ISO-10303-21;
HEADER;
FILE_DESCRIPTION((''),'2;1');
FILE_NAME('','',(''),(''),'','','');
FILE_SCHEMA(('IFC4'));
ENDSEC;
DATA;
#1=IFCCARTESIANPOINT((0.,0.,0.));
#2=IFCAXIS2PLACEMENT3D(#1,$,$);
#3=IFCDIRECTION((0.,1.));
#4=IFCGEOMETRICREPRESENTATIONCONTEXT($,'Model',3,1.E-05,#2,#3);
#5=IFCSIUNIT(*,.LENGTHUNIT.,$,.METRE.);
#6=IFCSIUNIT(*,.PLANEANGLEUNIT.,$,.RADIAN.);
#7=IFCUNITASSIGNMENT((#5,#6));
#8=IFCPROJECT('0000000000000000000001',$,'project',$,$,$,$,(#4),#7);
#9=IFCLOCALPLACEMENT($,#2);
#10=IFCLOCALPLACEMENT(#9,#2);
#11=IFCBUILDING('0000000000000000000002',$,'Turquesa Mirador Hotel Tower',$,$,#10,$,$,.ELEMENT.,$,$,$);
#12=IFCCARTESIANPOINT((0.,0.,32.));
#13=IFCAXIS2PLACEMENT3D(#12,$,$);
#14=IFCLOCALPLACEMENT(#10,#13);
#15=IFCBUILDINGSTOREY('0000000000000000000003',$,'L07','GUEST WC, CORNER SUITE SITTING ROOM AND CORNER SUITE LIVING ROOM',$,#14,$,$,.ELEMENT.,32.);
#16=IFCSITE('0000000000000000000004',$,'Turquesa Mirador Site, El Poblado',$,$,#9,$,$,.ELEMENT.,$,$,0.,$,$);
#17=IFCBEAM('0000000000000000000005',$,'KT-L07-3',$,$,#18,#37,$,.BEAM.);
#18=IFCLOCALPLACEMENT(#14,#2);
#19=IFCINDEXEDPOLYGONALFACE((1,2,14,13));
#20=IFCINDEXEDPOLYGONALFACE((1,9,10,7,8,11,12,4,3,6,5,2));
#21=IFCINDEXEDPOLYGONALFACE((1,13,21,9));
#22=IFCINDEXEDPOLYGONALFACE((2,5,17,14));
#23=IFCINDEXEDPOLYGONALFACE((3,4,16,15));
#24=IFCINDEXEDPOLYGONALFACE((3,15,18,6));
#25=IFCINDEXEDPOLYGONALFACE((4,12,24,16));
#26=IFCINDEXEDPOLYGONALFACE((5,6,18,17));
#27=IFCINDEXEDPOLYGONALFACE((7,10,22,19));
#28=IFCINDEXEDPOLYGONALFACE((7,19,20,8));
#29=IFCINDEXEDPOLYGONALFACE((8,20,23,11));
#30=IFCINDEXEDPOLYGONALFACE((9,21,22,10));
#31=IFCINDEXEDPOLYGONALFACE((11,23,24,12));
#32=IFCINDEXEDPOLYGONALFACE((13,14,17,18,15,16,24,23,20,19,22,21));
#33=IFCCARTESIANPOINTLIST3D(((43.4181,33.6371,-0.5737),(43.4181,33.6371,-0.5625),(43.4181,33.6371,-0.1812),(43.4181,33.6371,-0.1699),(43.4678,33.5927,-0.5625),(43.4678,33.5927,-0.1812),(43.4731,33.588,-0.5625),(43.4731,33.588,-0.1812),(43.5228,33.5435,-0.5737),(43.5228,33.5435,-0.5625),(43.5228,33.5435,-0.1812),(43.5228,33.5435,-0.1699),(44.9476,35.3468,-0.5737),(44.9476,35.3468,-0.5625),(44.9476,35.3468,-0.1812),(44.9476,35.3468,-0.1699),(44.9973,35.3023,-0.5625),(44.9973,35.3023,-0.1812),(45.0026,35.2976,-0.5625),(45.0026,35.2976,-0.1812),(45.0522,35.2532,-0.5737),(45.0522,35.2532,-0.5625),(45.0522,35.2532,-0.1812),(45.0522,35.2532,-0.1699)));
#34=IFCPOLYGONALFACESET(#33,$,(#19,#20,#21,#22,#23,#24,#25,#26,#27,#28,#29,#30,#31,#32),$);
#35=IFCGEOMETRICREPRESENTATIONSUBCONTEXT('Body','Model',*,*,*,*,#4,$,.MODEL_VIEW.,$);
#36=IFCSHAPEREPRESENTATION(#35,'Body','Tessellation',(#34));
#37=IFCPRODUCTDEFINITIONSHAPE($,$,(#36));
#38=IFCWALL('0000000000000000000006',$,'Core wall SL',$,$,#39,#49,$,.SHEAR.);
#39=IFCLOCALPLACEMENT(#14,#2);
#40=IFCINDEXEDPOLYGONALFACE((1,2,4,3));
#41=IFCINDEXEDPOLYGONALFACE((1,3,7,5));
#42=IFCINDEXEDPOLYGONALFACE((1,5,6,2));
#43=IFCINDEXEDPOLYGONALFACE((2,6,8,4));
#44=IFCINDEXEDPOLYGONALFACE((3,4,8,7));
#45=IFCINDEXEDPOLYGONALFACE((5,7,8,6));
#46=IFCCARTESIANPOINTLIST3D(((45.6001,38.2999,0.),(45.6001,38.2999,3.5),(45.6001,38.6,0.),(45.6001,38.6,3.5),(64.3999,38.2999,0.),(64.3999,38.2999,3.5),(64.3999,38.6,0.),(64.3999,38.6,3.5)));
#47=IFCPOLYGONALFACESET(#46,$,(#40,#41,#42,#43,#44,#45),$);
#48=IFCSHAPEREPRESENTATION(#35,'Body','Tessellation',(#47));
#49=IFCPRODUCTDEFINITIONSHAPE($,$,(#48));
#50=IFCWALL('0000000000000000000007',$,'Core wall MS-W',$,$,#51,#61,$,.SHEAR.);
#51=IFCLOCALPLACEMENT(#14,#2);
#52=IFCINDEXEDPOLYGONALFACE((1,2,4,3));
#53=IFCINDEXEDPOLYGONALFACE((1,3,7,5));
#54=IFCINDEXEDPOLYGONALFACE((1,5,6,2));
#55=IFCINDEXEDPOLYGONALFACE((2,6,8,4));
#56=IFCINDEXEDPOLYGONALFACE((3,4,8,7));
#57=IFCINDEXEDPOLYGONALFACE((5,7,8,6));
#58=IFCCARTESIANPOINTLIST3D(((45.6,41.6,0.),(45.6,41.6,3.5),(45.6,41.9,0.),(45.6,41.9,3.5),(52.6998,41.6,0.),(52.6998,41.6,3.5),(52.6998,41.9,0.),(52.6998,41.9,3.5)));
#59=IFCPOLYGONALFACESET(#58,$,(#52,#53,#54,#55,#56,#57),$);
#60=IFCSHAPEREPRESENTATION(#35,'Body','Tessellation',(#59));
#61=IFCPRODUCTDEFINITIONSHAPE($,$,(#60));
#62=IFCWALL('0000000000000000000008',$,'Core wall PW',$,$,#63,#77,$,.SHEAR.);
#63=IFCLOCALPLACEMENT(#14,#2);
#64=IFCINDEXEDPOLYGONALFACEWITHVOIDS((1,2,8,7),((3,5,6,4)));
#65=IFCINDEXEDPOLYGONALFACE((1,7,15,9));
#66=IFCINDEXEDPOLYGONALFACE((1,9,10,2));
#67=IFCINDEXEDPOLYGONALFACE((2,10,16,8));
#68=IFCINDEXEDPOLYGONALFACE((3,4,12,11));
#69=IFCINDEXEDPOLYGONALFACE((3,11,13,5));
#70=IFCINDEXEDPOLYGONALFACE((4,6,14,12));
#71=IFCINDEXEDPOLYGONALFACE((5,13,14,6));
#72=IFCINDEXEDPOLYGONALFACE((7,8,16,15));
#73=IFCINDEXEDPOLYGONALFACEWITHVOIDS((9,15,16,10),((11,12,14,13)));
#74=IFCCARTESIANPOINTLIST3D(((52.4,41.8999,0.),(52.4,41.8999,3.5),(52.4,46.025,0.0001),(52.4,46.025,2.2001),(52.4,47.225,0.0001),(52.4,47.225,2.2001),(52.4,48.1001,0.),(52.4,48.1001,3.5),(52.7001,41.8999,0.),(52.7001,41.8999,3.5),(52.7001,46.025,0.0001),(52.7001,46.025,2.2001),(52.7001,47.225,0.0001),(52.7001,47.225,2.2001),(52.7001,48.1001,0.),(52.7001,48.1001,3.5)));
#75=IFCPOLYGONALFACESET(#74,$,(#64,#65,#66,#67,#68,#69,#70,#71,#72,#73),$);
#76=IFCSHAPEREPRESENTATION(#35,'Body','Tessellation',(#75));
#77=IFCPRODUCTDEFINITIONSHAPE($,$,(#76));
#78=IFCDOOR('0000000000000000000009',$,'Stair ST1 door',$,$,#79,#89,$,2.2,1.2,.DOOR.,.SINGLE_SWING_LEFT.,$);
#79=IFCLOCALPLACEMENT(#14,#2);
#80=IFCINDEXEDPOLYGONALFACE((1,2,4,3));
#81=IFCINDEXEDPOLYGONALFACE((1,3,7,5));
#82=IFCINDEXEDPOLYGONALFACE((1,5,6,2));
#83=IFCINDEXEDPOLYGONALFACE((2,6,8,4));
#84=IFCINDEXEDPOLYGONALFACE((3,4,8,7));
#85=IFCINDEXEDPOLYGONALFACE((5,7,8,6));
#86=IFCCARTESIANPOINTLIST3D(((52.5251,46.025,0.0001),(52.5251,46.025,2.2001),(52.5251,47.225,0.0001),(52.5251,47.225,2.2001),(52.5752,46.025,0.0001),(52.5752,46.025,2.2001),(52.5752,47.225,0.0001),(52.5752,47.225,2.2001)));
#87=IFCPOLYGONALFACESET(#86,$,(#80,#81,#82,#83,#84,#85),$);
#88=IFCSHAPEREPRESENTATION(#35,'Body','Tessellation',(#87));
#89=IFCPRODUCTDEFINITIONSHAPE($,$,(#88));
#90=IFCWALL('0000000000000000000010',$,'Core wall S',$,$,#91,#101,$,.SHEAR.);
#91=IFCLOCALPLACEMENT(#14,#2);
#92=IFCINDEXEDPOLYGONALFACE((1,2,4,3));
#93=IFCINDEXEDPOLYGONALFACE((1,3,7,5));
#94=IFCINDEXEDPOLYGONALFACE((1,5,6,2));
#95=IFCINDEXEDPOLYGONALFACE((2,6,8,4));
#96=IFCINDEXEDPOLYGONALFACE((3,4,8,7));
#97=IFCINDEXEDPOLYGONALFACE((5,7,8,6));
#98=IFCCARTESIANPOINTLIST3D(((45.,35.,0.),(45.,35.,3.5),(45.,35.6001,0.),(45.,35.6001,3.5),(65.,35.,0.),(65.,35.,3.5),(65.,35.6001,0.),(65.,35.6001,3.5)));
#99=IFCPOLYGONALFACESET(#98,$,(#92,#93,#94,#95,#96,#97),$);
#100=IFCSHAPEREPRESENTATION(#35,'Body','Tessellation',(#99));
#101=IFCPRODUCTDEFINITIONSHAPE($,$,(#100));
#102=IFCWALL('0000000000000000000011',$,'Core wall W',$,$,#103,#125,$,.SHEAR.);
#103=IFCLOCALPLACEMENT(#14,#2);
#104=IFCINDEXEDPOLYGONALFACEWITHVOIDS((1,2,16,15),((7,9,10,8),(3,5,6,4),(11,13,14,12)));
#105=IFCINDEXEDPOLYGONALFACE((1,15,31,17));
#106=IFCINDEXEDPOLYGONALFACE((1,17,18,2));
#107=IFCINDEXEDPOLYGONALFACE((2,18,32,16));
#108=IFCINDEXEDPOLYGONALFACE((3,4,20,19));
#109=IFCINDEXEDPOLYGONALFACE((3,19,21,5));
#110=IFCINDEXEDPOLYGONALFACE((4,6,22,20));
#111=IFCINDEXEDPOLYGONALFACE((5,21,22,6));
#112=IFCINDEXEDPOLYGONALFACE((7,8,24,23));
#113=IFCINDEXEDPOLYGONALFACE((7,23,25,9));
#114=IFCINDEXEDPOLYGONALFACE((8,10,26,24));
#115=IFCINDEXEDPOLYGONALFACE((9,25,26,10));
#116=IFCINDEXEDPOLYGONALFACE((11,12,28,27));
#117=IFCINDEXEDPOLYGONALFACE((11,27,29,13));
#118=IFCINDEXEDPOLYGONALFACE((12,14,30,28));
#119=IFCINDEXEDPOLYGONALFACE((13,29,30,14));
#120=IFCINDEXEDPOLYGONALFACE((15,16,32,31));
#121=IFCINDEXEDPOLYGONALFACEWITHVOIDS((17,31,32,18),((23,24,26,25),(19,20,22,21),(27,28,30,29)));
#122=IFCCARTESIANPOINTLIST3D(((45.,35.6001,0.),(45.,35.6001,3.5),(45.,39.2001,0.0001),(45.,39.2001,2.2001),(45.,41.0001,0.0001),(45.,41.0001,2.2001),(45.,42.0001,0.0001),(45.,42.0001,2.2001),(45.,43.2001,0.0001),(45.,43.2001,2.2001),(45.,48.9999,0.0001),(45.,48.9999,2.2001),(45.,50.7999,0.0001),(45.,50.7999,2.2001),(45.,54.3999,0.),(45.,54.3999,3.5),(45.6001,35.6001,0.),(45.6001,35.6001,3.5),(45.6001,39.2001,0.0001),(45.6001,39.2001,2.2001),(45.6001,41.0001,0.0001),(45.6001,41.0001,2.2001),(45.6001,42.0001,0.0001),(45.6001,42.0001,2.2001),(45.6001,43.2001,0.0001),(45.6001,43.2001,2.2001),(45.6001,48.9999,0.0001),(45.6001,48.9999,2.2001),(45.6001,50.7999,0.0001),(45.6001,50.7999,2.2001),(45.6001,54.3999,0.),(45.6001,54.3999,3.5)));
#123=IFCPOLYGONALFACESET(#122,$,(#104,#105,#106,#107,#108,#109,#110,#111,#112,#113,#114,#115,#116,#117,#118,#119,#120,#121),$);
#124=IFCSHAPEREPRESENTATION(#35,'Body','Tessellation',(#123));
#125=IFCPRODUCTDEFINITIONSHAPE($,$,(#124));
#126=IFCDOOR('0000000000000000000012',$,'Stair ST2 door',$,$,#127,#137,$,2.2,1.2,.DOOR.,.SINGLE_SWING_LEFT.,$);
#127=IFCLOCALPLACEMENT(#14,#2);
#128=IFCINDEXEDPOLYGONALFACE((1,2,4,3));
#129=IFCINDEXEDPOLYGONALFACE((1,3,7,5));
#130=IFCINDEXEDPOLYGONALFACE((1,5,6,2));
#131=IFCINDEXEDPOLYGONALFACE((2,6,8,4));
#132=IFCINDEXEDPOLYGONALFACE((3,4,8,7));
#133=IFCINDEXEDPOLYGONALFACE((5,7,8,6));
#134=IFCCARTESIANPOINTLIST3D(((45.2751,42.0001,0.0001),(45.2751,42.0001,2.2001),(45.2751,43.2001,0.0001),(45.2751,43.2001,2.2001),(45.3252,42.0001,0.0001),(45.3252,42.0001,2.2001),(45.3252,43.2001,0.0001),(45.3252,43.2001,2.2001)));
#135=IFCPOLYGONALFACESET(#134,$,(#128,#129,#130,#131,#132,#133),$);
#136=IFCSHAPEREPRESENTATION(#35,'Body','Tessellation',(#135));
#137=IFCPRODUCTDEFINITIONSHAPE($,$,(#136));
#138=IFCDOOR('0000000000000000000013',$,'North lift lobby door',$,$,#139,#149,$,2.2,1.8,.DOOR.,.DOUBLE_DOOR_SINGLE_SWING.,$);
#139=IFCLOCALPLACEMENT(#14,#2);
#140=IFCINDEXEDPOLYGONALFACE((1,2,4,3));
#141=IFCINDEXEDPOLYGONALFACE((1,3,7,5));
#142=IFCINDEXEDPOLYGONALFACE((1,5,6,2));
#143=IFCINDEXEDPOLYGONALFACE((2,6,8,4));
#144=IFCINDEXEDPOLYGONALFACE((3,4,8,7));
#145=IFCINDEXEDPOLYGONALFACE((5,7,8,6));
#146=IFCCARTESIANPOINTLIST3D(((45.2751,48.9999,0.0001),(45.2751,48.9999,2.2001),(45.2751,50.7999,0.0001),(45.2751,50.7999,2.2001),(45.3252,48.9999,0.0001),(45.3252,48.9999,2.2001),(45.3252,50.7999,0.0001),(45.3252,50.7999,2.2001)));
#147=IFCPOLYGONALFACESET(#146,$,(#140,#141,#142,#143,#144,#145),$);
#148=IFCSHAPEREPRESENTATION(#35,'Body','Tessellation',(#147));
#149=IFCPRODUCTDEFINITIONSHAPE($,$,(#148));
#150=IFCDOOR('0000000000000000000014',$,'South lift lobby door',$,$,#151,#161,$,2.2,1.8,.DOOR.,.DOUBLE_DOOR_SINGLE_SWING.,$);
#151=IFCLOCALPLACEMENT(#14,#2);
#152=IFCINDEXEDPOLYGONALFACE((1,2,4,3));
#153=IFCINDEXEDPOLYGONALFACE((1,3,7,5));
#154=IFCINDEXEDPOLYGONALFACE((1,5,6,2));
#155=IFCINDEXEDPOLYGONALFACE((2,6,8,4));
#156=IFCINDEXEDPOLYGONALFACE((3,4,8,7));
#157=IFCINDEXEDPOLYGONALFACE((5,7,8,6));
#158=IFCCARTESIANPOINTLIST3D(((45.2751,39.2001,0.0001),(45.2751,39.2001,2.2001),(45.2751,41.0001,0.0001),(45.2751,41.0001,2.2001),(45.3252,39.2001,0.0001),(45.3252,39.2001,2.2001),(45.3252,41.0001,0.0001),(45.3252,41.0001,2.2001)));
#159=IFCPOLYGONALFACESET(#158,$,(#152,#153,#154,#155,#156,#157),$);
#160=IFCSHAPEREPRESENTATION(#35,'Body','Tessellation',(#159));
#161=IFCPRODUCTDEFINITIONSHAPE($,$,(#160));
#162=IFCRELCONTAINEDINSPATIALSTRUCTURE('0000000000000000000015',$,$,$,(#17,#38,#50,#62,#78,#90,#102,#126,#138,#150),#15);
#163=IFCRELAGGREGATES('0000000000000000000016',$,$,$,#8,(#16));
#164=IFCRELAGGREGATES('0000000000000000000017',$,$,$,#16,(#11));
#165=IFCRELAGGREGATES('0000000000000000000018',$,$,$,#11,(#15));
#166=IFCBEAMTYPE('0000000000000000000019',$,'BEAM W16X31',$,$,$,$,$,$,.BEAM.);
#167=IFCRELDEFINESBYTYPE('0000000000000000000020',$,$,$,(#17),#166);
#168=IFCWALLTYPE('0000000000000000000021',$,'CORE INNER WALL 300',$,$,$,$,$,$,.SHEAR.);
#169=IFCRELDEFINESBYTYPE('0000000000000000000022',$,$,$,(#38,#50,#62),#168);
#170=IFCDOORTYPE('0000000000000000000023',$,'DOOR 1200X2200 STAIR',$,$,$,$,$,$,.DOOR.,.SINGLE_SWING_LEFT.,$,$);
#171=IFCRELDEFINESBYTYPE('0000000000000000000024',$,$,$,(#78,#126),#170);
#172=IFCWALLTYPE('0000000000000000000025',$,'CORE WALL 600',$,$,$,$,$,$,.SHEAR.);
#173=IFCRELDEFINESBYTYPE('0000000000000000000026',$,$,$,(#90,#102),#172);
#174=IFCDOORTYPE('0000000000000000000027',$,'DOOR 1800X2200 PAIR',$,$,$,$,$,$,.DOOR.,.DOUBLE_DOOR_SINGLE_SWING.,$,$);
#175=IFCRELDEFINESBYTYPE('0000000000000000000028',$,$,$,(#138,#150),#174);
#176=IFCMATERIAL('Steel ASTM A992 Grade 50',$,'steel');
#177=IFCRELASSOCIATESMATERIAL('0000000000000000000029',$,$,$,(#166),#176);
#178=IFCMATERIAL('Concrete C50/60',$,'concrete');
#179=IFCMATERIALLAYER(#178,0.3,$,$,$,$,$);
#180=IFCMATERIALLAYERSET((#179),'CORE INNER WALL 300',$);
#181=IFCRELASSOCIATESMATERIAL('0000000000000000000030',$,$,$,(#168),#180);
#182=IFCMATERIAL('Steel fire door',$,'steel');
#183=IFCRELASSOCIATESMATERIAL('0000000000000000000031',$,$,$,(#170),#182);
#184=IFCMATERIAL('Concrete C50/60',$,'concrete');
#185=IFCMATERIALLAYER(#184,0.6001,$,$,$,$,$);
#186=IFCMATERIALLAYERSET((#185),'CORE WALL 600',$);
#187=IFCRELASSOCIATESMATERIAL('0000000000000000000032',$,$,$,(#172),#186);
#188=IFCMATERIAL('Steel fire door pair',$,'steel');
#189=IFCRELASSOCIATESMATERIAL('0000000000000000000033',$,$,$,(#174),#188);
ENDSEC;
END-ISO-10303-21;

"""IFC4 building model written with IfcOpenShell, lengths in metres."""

from ifc_helpers import new_model, si_unit, direction, frame, frame_2d, origin, origin_2d, place, context, subcontext, project, spatial, rectangle, i_section, extrude, material, layer, layer_set, material_profile, profile_set, type_object, element, fill, save


model = new_model("IFC4")

# Units and contexts
model_context = context("Model", 3, precision=1e-05, world=origin(), true_north=direction((0.0, 1.0)))
body_context = subcontext(model_context, "Body", "Model", "MODEL_VIEW")
ifc_project = project(units=[si_unit("LENGTHUNIT", "METRE"), si_unit("PLANEANGLEUNIT", "RADIAN")], contexts=[model_context])

# Site, building, storey
site_placement = place(None, origin())
site = spatial("IfcSite", under=ifc_project, at=site_placement, Name="Turquesa Mirador Site, El Poblado", CompositionType="ELEMENT", RefElevation=0.0)
building_placement = place(site_placement, origin())
building = spatial("IfcBuilding", under=site, at=building_placement, Name="Turquesa Mirador Hotel Tower", CompositionType="ELEMENT")
storey_placement = place(building_placement, frame((0.0, 0.0, 32.0)))
storey = spatial("IfcBuildingStorey", under=building, at=storey_placement, Name="L07", Description="GUEST WC, CORNER SUITE SITTING ROOM AND CORNER SUITE LIVING ROOM", CompositionType="ELEMENT", Elevation=32.0)

# Beam
ifc_material_1 = material(Name="Steel ASTM A992 Grade 50", Category="steel")
ifc_material_profile = material_profile(ifc_material_1, i_section(OverallWidth=0.1404, OverallDepth=0.4038, WebThickness=0.0071, FlangeThickness=0.0112, at=origin_2d()), Name="W16X31")
ifc_profile_set = profile_set([ifc_material_profile], Name="Steel ASTM A992 Grade 50")
beam_type = type_object("IfcBeamType", Name="BEAM W16X31", PredefinedType="BEAM", material=ifc_profile_set)
beam_placement = place(storey_placement, frame((43.4705, 33.5903, -0.3718), z_axis=(0.666745, 0.745286, 0.0), x_axis=(-0.745286, 0.666745, 0.0)))
element("IfcBeam", 1, at=beam_placement, inside=storey, type_object=beam_type, Name="KT-L07-3", PredefinedType="BEAM", context=body_context, shape_type="SweptSolid", body=[
    extrude(i_section(OverallWidth=0.1404, OverallDepth=0.4038, WebThickness=0.0071, FlangeThickness=0.0112, at=origin_2d()), origin(), (0.0, 0.0, 1.0), 2.2939),
])

# Walls
ifc_material_2 = material(Name="Concrete C50/60", Category="concrete")
ifc_layer_1 = layer(ifc_material_2, 0.3)
ifc_layer_set_1 = layer_set([ifc_layer_1], Name="CORE INNER WALL 300")
wall_type_1 = type_object("IfcWallType", Name="CORE INNER WALL 300", PredefinedType="SHEAR", material=ifc_layer_set_1)
wall_1_placement = place(storey_placement, frame((45.6001, 38.45, 0.0), z_axis=(0.0, 0.0, 1.0), x_axis=(1.0, 0.0, 0.0)))
element("IfcWall", 2, at=wall_1_placement, inside=storey, type_object=wall_type_1, Name="Core wall SL", PredefinedType="SHEAR", context=body_context, shape_type="SweptSolid", body=[
    extrude(rectangle(XDim=18.7998, YDim=0.3, at=frame_2d((9.3999, 0.0))), origin(), (0.0, 0.0, 1.0), 3.5),
])
wall_2_placement = place(storey_placement, frame((45.6001, 41.75, 0.0), z_axis=(0.0, 0.0, 1.0), x_axis=(1.0, 0.0, 0.0)))
element("IfcWall", 3, at=wall_2_placement, inside=storey, type_object=wall_type_1, Name="Core wall MS-W", PredefinedType="SHEAR", context=body_context, shape_type="SweptSolid", body=[
    extrude(rectangle(XDim=7.0999, YDim=0.3, at=frame_2d((3.5498, 0.0))), origin(), (0.0, 0.0, 1.0), 3.5),
])

# Wall, opening, door
wall_3_placement = place(storey_placement, frame((52.55, 41.8999, 0.0), z_axis=(0.0, 0.0, 1.0), x_axis=(0.0, 1.0, 0.0)))
wall_3 = element("IfcWall", 4, at=wall_3_placement, inside=storey, type_object=wall_type_1, Name="Core wall PW", PredefinedType="SHEAR", context=body_context, shape_type="SweptSolid", body=[
    extrude(rectangle(XDim=6.2002, YDim=0.3, at=frame_2d((3.1001, 0.0))), origin(), (0.0, 0.0, 1.0), 3.5),
])
opening_1_placement = place(wall_3_placement, frame((4.125, 0.0, 0.0)))
opening_1 = element("IfcOpeningElement", 5, at=opening_1_placement, cuts=wall_3, PredefinedType="OPENING", context=body_context, shape_type="SweptSolid", body=[
    extrude(rectangle(XDim=1.2, YDim=2.2, at=frame_2d((0.6001, 1.1001))), frame((0.0, 0.1599, 0.0), z_axis=(0.0, -1.0, 0.0), x_axis=(1.0, 0.0, 0.0)), (0.0, 0.0, 1.0), 0.3201),
])
ifc_material_3 = material(Name="Steel fire door", Category="steel")
door_type_1 = type_object("IfcDoorType", Name="DOOR 1200X2200 STAIR", OperationType="SINGLE_SWING_LEFT", PredefinedType="DOOR", material=ifc_material_3)
door_1_placement = place(opening_1_placement, origin())
door_1 = element("IfcDoor", 6, at=door_1_placement, inside=storey, type_object=door_type_1, Name="Stair ST1 door", OperationType="SINGLE_SWING_LEFT", OverallHeight=2.2, OverallWidth=1.2, PredefinedType="DOOR", context=body_context, shape_type="SweptSolid", body=[
    extrude(rectangle(XDim=1.2, YDim=2.2, at=frame_2d((0.6001, 1.1001))), frame((0.0, 0.0249, 0.0), z_axis=(0.0, -1.0, 0.0), x_axis=(1.0, 0.0, 0.0)), (0.0, 0.0, 1.0), 0.05),
])
fill(opening_1, door_1)

# Wall
ifc_material_4 = material(Name="Concrete C50/60", Category="concrete")
ifc_layer_2 = layer(ifc_material_4, 0.6001)
ifc_layer_set_2 = layer_set([ifc_layer_2], Name="CORE WALL 600")
wall_type_2 = type_object("IfcWallType", Name="CORE WALL 600", PredefinedType="SHEAR", material=ifc_layer_set_2)
wall_4_placement = place(storey_placement, frame((45.0, 35.3, 0.0), z_axis=(0.0, 0.0, 1.0), x_axis=(1.0, 0.0, 0.0)))
element("IfcWall", 7, at=wall_4_placement, inside=storey, type_object=wall_type_2, Name="Core wall S", PredefinedType="SHEAR", context=body_context, shape_type="SweptSolid", body=[
    extrude(rectangle(XDim=20.0, YDim=0.6001, at=frame_2d((10.0, 0.0))), origin(), (0.0, 0.0, 1.0), 3.5),
])

# Wall, openings, doors
wall_5_placement = place(storey_placement, frame((45.3, 35.6001, 0.0), z_axis=(0.0, 0.0, 1.0), x_axis=(0.0, 1.0, 0.0)))
wall_5 = element("IfcWall", 8, at=wall_5_placement, inside=storey, type_object=wall_type_2, Name="Core wall W", PredefinedType="SHEAR", context=body_context, shape_type="SweptSolid", body=[
    extrude(rectangle(XDim=18.7998, YDim=0.6001, at=frame_2d((9.3999, 0.0))), origin(), (0.0, 0.0, 1.0), 3.5),
])
opening_2_placement = place(wall_5_placement, frame((13.3999, 0.0, 0.0)))
opening_2 = element("IfcOpeningElement", 9, at=opening_2_placement, cuts=wall_5, PredefinedType="OPENING", context=body_context, shape_type="SweptSolid", body=[
    extrude(rectangle(XDim=1.8, YDim=2.2, at=frame_2d((0.8999, 1.1001))), frame((0.0, 0.3101, 0.0), z_axis=(0.0, -1.0, 0.0), x_axis=(1.0, 0.0, 0.0)), (0.0, 0.0, 1.0), 0.6201),
])
opening_3_placement = place(wall_5_placement, frame((3.6001, 0.0, 0.0)))
opening_3 = element("IfcOpeningElement", 10, at=opening_3_placement, cuts=wall_5, PredefinedType="OPENING", context=body_context, shape_type="SweptSolid", body=[
    extrude(rectangle(XDim=1.8, YDim=2.2, at=frame_2d((0.8999, 1.1001))), frame((0.0, 0.3101, 0.0), z_axis=(0.0, -1.0, 0.0), x_axis=(1.0, 0.0, 0.0)), (0.0, 0.0, 1.0), 0.6201),
])
opening_4_placement = place(wall_5_placement, frame((6.3999, 0.0, 0.0)))
opening_4 = element("IfcOpeningElement", 11, at=opening_4_placement, cuts=wall_5, PredefinedType="OPENING", context=body_context, shape_type="SweptSolid", body=[
    extrude(rectangle(XDim=1.2, YDim=2.2, at=frame_2d((0.6001, 1.1001))), frame((0.0, 0.3101, 0.0), z_axis=(0.0, -1.0, 0.0), x_axis=(1.0, 0.0, 0.0)), (0.0, 0.0, 1.0), 0.6201),
])
door_2_placement = place(opening_4_placement, origin())
door_2 = element("IfcDoor", 12, at=door_2_placement, inside=storey, type_object=door_type_1, Name="Stair ST2 door", OperationType="SINGLE_SWING_LEFT", OverallHeight=2.2, OverallWidth=1.2, PredefinedType="DOOR", context=body_context, shape_type="SweptSolid", body=[
    extrude(rectangle(XDim=1.2, YDim=2.2, at=frame_2d((0.6001, 1.1001))), frame((0.0, 0.0249, 0.0), z_axis=(0.0, -1.0, 0.0), x_axis=(1.0, 0.0, 0.0)), (0.0, 0.0, 1.0), 0.05),
])
fill(opening_4, door_2)
ifc_material_5 = material(Name="Steel fire door pair", Category="steel")
door_type_2 = type_object("IfcDoorType", Name="DOOR 1800X2200 PAIR", OperationType="DOUBLE_DOOR_SINGLE_SWING", PredefinedType="DOOR", material=ifc_material_5)
door_3_placement = place(opening_2_placement, origin())
door_3 = element("IfcDoor", 13, at=door_3_placement, inside=storey, type_object=door_type_2, Name="North lift lobby door", OperationType="DOUBLE_DOOR_SINGLE_SWING", OverallHeight=2.2, OverallWidth=1.8, PredefinedType="DOOR", context=body_context, shape_type="SweptSolid", body=[
    extrude(rectangle(XDim=1.8, YDim=2.2, at=frame_2d((0.8999, 1.1001))), frame((0.0, 0.0249, 0.0), z_axis=(0.0, -1.0, 0.0), x_axis=(1.0, 0.0, 0.0)), (0.0, 0.0, 1.0), 0.05),
])
fill(opening_2, door_3)
door_4_placement = place(opening_3_placement, origin())
door_4 = element("IfcDoor", 14, at=door_4_placement, inside=storey, type_object=door_type_2, Name="South lift lobby door", OperationType="DOUBLE_DOOR_SINGLE_SWING", OverallHeight=2.2, OverallWidth=1.8, PredefinedType="DOOR", context=body_context, shape_type="SweptSolid", body=[
    extrude(rectangle(XDim=1.8, YDim=2.2, at=frame_2d((0.8999, 1.1001))), frame((0.0, 0.0249, 0.0), z_axis=(0.0, -1.0, 0.0), x_axis=(1.0, 0.0, 0.0)), (0.0, 0.0, 1.0), 0.05),
])
fill(opening_3, door_4)

save(model, "model.ifc")
